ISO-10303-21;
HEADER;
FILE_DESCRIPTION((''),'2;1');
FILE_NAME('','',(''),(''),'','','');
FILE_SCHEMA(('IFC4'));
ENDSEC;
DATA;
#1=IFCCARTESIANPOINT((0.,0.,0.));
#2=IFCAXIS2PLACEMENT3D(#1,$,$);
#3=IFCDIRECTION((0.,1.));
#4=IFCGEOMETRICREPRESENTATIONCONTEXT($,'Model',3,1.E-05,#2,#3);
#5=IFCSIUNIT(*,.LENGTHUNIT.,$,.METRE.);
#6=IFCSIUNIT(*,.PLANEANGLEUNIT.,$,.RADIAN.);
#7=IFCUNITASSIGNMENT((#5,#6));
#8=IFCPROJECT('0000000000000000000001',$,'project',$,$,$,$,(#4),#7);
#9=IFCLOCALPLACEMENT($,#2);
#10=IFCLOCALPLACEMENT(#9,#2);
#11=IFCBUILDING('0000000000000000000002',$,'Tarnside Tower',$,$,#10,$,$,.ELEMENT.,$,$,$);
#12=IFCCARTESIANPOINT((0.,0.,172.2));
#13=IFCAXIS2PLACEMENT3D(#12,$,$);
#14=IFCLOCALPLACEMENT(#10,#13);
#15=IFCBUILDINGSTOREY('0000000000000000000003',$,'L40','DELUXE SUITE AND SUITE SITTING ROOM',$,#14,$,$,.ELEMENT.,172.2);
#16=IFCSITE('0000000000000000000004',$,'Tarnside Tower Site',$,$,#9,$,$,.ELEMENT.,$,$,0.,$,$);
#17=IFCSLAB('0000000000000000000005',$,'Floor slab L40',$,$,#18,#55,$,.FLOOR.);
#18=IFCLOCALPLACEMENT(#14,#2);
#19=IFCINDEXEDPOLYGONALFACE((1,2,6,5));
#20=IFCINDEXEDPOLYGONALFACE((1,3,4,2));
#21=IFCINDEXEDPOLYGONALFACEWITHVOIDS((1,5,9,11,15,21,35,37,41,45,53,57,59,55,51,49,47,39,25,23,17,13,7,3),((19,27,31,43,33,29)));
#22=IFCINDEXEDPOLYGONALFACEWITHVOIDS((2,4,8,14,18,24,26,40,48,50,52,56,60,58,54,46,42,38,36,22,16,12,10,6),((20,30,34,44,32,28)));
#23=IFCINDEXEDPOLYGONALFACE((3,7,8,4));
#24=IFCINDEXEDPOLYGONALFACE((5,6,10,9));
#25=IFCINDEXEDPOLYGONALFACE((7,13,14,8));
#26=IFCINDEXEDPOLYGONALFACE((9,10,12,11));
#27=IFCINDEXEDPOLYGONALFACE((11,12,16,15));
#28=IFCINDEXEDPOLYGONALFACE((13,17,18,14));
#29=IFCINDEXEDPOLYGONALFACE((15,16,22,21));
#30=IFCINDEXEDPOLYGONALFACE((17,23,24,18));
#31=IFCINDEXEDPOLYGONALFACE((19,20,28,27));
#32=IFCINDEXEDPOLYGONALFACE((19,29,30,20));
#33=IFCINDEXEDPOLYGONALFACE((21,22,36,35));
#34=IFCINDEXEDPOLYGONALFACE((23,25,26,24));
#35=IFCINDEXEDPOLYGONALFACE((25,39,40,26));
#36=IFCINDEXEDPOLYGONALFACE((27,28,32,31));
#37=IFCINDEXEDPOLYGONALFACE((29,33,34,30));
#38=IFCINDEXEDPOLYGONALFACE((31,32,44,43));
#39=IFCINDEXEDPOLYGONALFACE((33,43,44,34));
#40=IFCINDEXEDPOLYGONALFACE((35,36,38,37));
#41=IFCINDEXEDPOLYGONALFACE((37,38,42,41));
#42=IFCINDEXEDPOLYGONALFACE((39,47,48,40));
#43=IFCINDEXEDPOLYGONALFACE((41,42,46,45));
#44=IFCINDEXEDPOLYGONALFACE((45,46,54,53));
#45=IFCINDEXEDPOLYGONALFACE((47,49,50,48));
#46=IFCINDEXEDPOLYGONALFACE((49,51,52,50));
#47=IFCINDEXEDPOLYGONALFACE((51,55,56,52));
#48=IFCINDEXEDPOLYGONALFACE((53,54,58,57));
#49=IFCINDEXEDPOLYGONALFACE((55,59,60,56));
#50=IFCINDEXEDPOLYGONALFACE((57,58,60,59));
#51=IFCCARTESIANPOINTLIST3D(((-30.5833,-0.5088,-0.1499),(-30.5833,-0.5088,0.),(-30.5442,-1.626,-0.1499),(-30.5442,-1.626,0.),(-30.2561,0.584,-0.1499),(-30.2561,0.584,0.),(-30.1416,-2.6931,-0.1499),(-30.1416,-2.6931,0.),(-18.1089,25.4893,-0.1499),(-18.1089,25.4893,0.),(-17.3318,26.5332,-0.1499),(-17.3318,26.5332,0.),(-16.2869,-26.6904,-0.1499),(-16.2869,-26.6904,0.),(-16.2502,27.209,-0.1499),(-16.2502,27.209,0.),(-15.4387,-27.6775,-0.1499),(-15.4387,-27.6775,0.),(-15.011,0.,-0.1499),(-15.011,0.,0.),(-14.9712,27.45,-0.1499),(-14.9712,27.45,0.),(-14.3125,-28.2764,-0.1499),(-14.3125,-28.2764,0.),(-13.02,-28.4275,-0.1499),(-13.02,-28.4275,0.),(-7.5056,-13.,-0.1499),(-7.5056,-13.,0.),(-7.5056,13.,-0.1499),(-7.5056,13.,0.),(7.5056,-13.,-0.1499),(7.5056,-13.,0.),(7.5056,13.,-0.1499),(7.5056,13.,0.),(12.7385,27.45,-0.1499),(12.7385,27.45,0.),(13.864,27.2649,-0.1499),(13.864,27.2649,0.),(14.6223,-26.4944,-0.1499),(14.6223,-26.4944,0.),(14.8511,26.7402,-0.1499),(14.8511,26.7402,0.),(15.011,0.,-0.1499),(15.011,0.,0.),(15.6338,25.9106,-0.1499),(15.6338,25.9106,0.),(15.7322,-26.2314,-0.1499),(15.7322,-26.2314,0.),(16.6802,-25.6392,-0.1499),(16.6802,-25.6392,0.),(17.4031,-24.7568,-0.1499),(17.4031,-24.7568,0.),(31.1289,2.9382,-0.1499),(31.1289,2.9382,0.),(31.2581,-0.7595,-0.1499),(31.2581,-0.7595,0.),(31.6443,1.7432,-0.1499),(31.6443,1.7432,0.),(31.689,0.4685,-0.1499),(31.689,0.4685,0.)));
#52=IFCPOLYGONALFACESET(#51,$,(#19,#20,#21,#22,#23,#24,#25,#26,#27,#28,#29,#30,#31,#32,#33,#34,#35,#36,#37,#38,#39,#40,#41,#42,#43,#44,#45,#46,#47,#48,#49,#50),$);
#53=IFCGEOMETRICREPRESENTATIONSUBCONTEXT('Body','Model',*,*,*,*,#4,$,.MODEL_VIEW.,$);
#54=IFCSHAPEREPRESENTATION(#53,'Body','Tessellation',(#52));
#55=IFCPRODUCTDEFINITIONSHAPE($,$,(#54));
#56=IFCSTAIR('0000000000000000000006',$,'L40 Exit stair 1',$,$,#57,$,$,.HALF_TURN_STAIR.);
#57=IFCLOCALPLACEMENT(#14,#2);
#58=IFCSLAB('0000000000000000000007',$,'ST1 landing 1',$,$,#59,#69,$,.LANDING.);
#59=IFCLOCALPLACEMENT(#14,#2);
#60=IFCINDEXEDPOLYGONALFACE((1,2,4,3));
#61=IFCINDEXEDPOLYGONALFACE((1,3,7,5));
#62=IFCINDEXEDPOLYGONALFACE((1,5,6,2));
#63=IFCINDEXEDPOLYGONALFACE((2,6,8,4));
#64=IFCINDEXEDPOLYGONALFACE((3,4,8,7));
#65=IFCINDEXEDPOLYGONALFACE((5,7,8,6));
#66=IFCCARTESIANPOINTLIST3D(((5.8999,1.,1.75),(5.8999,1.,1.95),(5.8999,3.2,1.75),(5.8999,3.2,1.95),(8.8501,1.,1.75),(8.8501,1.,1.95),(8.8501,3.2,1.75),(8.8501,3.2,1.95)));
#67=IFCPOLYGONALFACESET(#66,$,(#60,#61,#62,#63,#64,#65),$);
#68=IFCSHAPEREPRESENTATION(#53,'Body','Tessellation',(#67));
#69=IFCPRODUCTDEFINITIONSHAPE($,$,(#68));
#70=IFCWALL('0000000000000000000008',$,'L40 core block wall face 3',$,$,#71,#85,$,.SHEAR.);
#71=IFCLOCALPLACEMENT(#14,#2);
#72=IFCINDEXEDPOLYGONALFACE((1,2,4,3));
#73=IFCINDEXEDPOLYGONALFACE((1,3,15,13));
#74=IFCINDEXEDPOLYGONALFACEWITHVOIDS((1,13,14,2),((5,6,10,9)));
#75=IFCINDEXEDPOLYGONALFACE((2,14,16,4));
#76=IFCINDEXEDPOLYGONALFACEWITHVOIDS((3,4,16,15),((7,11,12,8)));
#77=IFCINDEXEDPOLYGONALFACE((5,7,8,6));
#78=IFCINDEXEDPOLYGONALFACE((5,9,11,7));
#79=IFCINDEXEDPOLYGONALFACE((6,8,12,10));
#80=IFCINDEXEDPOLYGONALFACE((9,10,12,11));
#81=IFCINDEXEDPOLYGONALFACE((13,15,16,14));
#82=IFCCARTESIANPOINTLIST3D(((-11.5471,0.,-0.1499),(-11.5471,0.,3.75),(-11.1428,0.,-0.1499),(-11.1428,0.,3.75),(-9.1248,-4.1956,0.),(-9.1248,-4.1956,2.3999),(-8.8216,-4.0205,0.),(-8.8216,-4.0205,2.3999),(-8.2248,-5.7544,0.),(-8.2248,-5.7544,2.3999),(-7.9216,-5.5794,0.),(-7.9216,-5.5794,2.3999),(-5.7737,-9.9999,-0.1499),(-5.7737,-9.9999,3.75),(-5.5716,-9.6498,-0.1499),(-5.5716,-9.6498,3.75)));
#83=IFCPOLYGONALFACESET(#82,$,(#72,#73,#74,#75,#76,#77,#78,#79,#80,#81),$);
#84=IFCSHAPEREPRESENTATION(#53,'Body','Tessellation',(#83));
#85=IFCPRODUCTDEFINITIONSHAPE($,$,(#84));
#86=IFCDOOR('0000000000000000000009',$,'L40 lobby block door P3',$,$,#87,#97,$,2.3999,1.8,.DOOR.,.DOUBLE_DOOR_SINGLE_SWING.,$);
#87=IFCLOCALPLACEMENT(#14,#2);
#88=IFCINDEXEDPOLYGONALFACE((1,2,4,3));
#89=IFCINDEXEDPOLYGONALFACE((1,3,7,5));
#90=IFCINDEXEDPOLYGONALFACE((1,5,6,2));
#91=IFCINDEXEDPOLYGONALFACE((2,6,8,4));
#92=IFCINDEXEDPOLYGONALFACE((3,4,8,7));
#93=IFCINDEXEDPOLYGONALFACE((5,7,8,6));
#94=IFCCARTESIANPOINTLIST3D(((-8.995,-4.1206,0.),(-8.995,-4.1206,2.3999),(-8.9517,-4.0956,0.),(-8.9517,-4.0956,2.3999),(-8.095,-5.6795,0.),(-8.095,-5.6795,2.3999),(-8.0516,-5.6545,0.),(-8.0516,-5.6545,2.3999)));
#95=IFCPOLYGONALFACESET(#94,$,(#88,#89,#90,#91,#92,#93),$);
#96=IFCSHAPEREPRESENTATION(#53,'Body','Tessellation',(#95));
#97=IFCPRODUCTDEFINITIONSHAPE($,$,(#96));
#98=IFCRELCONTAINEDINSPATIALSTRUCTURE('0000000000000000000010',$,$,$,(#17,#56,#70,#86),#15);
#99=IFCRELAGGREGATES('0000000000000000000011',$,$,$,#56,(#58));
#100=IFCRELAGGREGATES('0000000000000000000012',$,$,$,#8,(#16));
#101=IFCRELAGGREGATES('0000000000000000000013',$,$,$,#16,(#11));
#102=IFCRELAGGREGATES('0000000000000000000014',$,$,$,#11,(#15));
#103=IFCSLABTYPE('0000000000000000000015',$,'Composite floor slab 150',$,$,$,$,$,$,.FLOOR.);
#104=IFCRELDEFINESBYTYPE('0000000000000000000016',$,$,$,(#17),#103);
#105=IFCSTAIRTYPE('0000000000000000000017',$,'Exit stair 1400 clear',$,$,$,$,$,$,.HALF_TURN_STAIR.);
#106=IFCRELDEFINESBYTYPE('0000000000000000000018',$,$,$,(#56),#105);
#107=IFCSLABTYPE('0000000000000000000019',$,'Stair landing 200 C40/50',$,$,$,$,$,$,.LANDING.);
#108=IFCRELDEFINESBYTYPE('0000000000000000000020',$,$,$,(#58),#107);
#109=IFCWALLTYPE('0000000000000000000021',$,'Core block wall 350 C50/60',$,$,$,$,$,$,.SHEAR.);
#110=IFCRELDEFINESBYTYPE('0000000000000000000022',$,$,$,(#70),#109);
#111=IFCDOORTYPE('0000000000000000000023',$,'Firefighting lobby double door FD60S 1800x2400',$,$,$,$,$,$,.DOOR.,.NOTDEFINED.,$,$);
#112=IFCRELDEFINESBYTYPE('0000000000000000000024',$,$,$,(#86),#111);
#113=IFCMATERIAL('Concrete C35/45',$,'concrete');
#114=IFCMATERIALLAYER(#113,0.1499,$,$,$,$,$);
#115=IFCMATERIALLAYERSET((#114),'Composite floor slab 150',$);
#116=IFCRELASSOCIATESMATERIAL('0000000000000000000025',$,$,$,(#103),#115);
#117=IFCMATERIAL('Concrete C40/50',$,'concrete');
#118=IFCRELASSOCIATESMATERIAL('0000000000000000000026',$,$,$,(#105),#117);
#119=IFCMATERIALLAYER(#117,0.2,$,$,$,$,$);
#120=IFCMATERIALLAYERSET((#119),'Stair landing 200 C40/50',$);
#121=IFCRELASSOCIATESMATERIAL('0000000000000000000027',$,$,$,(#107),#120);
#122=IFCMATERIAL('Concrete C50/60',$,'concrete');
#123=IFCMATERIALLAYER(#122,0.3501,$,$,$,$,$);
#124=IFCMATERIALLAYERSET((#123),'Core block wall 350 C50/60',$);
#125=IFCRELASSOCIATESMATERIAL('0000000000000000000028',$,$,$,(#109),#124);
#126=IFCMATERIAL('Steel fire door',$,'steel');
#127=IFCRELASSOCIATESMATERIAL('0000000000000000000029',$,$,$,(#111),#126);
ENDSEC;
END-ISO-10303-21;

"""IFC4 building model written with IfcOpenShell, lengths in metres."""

from ifc_helpers import new_model, si_unit, direction, frame, frame_2d, origin, place, context, subcontext, project, spatial, polyline, rectangle, outline, extrude, material, layer, layer_set, type_object, element, fill, aggregate, save


model = new_model("IFC4")

# Units and contexts
model_context = context("Model", 3, precision=1e-05, world=origin(), true_north=direction((0.0, 1.0)))
body_context = subcontext(model_context, "Body", "Model", "MODEL_VIEW")
ifc_project = project(units=[si_unit("LENGTHUNIT", "METRE"), si_unit("PLANEANGLEUNIT", "RADIAN")], contexts=[model_context])

# Site, building, storey
site_placement = place(None, origin())
site = spatial("IfcSite", under=ifc_project, at=site_placement, Name="Tarnside Tower Site", CompositionType="ELEMENT", RefElevation=0.0)
building_placement = place(site_placement, origin())
building = spatial("IfcBuilding", under=site, at=building_placement, Name="Tarnside Tower", CompositionType="ELEMENT")
storey_placement = place(building_placement, frame((0.0, 0.0, 172.2)))
storey = spatial("IfcBuildingStorey", under=building, at=storey_placement, Name="L40", Description="DELUXE SUITE AND SUITE SITTING ROOM", CompositionType="ELEMENT", Elevation=172.2)

# Slab
ifc_material_1 = material(Name="Concrete C35/45", Category="concrete")
ifc_layer_1 = layer(ifc_material_1, 0.1499)
ifc_layer_set_1 = layer_set([ifc_layer_1], Name="Composite floor slab 150")
slab_type_1 = type_object("IfcSlabType", Name="Composite floor slab 150", PredefinedType="FLOOR", material=ifc_layer_set_1)
slab_1_placement = place(storey_placement, frame((0.0, 0.0, -0.1499)))
element("IfcSlab", 1, at=slab_1_placement, inside=storey, type_object=slab_type_1, Name="Floor slab L40", PredefinedType="FLOOR", context=body_context, shape_type="SweptSolid", body=[
    extrude(outline(polyline([(13.864, 27.2649), (14.8511, 26.7402), (15.6338, 25.9106), (31.1289, 2.9382), (31.6443, 1.7432), (31.689, 0.4685), (31.2581, -0.7595), (17.4031, -24.7568), (16.6802, -25.6392), (15.7322, -26.2314), (14.6223, -26.4944), (-13.02, -28.4275), (-14.3125, -28.2764), (-15.4387, -27.6775), (-16.2869, -26.6904), (-30.1416, -2.6931), (-30.5442, -1.626), (-30.5833, -0.5088), (-30.2561, 0.584), (-18.1089, 25.4893), (-17.3318, 26.5332), (-16.2502, 27.209), (-14.9712, 27.45), (12.7385, 27.45), (13.864, 27.2649)]), holes=[polyline([(-15.011, 0.0), (-7.5056, -13.0), (7.5056, -13.0), (15.011, 0.0), (7.5056, 13.0), (-7.5056, 13.0), (-15.011, 0.0)])]), origin(), (0.0, 0.0, 1.0), 0.1499),
])

# Stair, slab
ifc_material_2 = material(Name="Concrete C40/50", Category="concrete")
stair_type = type_object("IfcStairType", Name="Exit stair 1400 clear", PredefinedType="HALF_TURN_STAIR", material=ifc_material_2)
stair_1_placement = place(storey_placement, origin())
stair_1 = element("IfcStair", 2, at=stair_1_placement, inside=storey, type_object=stair_type, Name="L40 Exit stair 1", PredefinedType="HALF_TURN_STAIR")
ifc_layer_2 = layer(ifc_material_2, 0.2)
ifc_layer_set_2 = layer_set([ifc_layer_2], Name="Stair landing 200 C40/50")
slab_type_2 = type_object("IfcSlabType", Name="Stair landing 200 C40/50", PredefinedType="LANDING", material=ifc_layer_set_2)
slab_2_placement = place(storey_placement, frame((0.0, 0.0, 1.75)))
slab_2 = element("IfcSlab", 3, at=slab_2_placement, type_object=slab_type_2, Name="ST1 landing 1", PredefinedType="LANDING", context=body_context, shape_type="SweptSolid", body=[
    extrude(outline(polyline([(8.8501, 1.0), (8.8501, 3.2), (5.8999, 3.2), (5.8999, 1.0), (8.8501, 1.0)])), origin(), (0.0, 0.0, 1.0), 0.2),
])
aggregate(stair_1, [slab_2])

# Wall, opening, door
ifc_material_3 = material(Name="Concrete C50/60", Category="concrete")
ifc_layer_3 = layer(ifc_material_3, 0.3501)
ifc_layer_set_3 = layer_set([ifc_layer_3], Name="Core block wall 350 C50/60")
wall_type_1 = type_object("IfcWallType", Name="Core block wall 350 C50/60", PredefinedType="SHEAR", material=ifc_layer_set_3)
wall_1_placement = place(storey_placement, frame((-11.345, 0.0, -0.1499), z_axis=(0.0, 0.0, 1.0), x_axis=(0.499995, -0.866028, 0.0)))
wall_1 = element("IfcWall", 4, at=wall_1_placement, inside=storey, type_object=wall_type_1, Name="L40 core block wall face 3", PredefinedType="SHEAR", context=body_context, shape_type="SweptSolid", body=[
    extrude(outline(polyline([(-0.1011, -0.175), (11.4458, -0.175), (11.2437, 0.175), (0.1011, 0.175), (-0.1011, -0.175)])), origin(), (0.0, 0.0, 1.0), 3.8999),
])
opening_1_placement = place(wall_1_placement, frame((4.7437, 0.0, 0.1499)))
opening_1 = element("IfcOpeningElement", 5, at=opening_1_placement, cuts=wall_1, PredefinedType="OPENING", context=body_context, shape_type="SweptSolid", body=[
    extrude(rectangle(XDim=1.8, YDim=2.3999, at=frame_2d((0.8999, 1.2))), frame((0.0, 0.1851, 0.0), z_axis=(0.0, -1.0, 0.0), x_axis=(1.0, 0.0, 0.0)), (0.0, 0.0, 1.0), 0.3701),
])
ifc_material_4 = material(Name="Steel fire door", Category="steel")
door_type_1 = type_object("IfcDoorType", Name="Firefighting lobby double door FD60S 1800x2400", OperationType="NOTDEFINED", PredefinedType="DOOR", material=ifc_material_4)
door_1_placement = place(opening_1_placement, origin())
door_1 = element("IfcDoor", 6, at=door_1_placement, inside=storey, type_object=door_type_1, Name="L40 lobby block door P3", OperationType="DOUBLE_DOOR_SINGLE_SWING", OverallHeight=2.3999, OverallWidth=1.8, PredefinedType="DOOR", context=body_context, shape_type="SweptSolid", body=[
    extrude(rectangle(XDim=1.8, YDim=2.3999, at=frame_2d((0.8999, 1.2))), frame((0.0, 0.0249, 0.0), z_axis=(0.0, -1.0, 0.0), x_axis=(1.0, 0.0, 0.0)), (0.0, 0.0, 1.0), 0.05),
])
fill(opening_1, door_1)

save(model, "model.ifc")
